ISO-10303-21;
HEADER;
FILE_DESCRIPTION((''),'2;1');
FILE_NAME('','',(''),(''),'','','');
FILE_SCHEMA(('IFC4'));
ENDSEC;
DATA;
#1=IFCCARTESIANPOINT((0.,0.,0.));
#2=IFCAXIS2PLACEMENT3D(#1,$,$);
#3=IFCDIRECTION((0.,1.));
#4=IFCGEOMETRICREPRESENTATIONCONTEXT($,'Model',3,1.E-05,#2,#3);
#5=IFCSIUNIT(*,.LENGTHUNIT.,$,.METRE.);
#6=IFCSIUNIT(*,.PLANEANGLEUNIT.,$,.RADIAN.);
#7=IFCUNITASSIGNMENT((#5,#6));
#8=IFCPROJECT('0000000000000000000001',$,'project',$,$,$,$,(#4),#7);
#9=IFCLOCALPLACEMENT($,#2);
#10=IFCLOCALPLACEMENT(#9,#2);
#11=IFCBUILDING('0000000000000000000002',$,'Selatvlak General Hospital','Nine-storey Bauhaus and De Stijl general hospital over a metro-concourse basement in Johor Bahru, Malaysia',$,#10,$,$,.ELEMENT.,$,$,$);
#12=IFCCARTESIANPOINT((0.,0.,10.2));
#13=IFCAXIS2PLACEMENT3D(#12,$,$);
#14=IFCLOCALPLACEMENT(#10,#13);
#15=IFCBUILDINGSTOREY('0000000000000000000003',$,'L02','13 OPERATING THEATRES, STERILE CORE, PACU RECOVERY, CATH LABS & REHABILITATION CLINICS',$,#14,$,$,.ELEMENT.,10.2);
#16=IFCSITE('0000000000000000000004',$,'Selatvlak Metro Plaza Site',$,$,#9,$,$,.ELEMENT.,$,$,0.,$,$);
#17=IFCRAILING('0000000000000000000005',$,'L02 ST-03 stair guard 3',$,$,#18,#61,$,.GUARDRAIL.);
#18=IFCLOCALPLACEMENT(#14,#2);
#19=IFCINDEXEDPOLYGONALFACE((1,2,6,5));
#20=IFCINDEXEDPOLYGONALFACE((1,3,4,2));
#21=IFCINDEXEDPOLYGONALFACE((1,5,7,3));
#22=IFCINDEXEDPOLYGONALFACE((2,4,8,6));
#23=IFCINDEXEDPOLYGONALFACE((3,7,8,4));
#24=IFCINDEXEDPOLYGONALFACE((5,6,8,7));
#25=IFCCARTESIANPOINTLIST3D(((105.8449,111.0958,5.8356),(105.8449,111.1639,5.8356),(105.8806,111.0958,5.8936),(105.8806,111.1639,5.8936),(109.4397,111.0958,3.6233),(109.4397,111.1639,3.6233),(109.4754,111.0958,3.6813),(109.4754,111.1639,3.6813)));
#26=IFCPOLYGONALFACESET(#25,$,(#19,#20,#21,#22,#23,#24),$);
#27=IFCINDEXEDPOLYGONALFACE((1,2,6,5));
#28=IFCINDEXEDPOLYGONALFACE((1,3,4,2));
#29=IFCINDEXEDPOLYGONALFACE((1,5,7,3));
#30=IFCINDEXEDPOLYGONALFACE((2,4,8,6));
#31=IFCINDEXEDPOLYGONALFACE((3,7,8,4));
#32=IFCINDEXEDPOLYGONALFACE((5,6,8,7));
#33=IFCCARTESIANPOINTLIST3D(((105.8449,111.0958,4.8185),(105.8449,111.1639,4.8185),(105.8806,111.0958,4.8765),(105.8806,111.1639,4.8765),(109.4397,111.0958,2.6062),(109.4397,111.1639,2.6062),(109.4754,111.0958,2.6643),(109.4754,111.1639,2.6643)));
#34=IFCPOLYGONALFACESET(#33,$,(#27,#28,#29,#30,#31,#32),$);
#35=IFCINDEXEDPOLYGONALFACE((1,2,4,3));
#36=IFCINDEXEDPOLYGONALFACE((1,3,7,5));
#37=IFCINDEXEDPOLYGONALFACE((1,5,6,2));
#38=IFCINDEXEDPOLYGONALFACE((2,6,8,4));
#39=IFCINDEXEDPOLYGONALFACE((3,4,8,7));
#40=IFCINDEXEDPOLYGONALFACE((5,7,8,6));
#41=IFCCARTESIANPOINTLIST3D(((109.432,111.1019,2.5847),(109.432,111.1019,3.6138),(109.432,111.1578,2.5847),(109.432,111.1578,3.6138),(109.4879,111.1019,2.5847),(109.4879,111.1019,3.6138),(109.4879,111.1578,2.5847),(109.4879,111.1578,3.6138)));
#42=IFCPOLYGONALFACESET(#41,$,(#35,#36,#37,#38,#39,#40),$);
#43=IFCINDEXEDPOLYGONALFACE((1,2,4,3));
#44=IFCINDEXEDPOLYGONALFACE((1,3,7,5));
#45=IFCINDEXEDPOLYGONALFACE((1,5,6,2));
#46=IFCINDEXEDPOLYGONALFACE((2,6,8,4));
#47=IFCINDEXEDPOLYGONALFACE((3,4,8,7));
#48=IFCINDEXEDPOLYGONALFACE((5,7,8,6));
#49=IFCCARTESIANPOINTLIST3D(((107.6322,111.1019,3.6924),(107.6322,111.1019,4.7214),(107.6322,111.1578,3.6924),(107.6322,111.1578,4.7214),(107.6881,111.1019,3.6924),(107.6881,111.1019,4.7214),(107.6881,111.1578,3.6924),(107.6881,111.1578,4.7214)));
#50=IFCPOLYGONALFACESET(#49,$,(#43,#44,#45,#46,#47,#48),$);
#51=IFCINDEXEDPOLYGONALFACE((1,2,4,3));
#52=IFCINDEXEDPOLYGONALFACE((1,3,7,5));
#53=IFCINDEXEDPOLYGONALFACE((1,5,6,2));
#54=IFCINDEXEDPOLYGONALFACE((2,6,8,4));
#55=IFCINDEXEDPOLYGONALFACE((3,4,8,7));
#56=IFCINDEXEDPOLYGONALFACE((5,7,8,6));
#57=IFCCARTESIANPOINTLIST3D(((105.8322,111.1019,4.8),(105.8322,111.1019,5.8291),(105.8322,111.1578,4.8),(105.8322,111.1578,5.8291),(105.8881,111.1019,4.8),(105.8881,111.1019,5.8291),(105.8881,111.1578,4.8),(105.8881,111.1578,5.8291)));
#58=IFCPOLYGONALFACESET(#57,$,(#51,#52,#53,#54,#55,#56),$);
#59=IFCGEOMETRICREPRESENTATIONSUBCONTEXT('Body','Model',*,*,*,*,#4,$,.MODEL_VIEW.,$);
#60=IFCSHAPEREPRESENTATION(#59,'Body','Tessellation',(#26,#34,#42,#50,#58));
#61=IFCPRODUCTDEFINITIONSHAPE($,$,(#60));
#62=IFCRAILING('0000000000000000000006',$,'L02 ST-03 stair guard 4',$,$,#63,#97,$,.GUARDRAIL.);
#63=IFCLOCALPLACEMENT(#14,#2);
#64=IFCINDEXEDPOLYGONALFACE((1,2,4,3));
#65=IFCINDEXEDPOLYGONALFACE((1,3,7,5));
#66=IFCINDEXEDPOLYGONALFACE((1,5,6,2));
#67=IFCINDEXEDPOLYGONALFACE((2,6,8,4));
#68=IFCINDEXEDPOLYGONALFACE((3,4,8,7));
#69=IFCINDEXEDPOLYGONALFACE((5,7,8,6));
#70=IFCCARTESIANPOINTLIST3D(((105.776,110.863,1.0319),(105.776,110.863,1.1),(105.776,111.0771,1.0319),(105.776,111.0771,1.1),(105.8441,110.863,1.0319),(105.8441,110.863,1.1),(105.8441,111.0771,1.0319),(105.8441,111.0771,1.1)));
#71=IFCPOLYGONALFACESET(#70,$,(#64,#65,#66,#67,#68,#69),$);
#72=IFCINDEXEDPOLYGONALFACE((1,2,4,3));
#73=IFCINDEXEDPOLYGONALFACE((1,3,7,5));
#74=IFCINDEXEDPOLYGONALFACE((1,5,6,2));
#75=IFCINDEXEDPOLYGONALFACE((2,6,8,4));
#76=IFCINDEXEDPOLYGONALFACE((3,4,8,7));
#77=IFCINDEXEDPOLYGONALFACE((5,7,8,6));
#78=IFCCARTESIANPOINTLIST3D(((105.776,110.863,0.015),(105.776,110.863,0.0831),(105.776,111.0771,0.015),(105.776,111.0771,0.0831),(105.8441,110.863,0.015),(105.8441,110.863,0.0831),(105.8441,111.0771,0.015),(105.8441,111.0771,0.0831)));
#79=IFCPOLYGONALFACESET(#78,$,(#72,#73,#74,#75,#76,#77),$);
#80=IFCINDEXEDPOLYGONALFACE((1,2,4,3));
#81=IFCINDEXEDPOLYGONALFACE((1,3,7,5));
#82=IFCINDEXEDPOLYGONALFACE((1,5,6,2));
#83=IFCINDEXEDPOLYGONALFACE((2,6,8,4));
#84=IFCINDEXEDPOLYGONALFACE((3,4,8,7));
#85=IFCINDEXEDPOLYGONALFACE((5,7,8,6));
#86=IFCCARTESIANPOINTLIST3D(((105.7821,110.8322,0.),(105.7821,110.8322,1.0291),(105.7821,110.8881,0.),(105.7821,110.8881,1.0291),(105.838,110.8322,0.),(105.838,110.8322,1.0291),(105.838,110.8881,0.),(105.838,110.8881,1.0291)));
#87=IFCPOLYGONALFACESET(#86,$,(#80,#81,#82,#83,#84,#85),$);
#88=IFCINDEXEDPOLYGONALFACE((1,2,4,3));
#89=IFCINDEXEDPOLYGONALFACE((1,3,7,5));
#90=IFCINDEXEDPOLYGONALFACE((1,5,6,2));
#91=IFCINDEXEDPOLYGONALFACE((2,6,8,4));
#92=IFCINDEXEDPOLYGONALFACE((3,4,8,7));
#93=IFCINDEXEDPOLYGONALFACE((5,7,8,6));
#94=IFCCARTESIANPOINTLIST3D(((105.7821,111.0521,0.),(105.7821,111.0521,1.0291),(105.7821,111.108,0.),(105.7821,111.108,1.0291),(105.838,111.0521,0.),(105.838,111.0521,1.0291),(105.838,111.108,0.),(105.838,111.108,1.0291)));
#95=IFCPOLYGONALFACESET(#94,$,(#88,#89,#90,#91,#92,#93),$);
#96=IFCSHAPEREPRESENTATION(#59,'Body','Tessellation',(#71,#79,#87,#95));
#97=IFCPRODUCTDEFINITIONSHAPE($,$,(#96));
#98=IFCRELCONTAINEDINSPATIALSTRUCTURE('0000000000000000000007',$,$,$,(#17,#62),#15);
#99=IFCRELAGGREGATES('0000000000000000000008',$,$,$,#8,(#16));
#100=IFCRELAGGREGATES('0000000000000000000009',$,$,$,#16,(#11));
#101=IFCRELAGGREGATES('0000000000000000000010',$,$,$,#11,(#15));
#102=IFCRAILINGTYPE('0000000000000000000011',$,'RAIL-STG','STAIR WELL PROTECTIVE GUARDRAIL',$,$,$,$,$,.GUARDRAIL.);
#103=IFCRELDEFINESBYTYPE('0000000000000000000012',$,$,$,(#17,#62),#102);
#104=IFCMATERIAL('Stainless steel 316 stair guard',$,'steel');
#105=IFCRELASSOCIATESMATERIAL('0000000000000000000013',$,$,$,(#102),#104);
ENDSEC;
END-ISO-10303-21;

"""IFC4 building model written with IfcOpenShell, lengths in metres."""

from ifc_helpers import new_model, si_unit, direction, frame, origin, origin_2d, place, context, subcontext, project, spatial, rectangle, extrude, material, type_object, element, save


model = new_model("IFC4")

# Units and contexts
model_context = context("Model", 3, precision=1e-05, world=origin(), true_north=direction((0.0, 1.0)))
body_context = subcontext(model_context, "Body", "Model", "MODEL_VIEW")
ifc_project = project(units=[si_unit("LENGTHUNIT", "METRE"), si_unit("PLANEANGLEUNIT", "RADIAN")], contexts=[model_context])

# Site, building, storey
site_placement = place(None, origin())
site = spatial("IfcSite", under=ifc_project, at=site_placement, Name="Selatvlak Metro Plaza Site", CompositionType="ELEMENT", RefElevation=0.0)
building_placement = place(site_placement, origin())
building = spatial("IfcBuilding", under=site, at=building_placement, Name="Selatvlak General Hospital", Description="Nine-storey Bauhaus and De Stijl general hospital over a metro-concourse basement in Johor Bahru, Malaysia", CompositionType="ELEMENT")
storey_placement = place(building_placement, frame((0.0, 0.0, 10.2)))
storey = spatial("IfcBuildingStorey", under=building, at=storey_placement, Name="L02", Description="13 OPERATING THEATRES, STERILE CORE, PACU RECOVERY, CATH LABS & REHABILITATION CLINICS", CompositionType="ELEMENT", Elevation=10.2)

# Railings
ifc_material_1 = material(Name="Stainless steel 316 stair guard", Category="steel")
railing_type_1 = type_object("IfcRailingType", Name="RAIL-STG", Description="STAIR WELL PROTECTIVE GUARDRAIL", PredefinedType="GUARDRAIL", material=ifc_material_1)
railing_1_placement = place(storey_placement, frame((109.46, 111.1299, 2.5847)))
element("IfcRailing", 1, at=railing_1_placement, inside=storey, type_object=railing_type_1, Name="L02 ST-03 stair guard 3", PredefinedType="GUARDRAIL", context=body_context, shape_type="SweptSolid", body=[
    extrude(rectangle(XDim=0.0681, YDim=0.0681, at=origin_2d()), frame((-0.0024, 0.0, 1.0676), z_axis=(-0.851654, 0.0, 0.524104), x_axis=(0.0, -1.0, 0.0)), (0.0, 0.0, 1.0), 4.2209),
    extrude(rectangle(XDim=0.0681, YDim=0.0681, at=origin_2d()), frame((-0.0024, 0.0, 0.0505), z_axis=(-0.851654, 0.0, 0.524104), x_axis=(0.0, -1.0, 0.0)), (0.0, 0.0, 1.0), 4.2209),
    extrude(rectangle(XDim=0.0559, YDim=0.0559, at=origin_2d()), origin(), (0.0, 0.0, 1.0), 1.0291),
    extrude(rectangle(XDim=0.0559, YDim=0.0559, at=origin_2d()), frame((-1.7998, 0.0, 1.1077)), (0.0, 0.0, 1.0), 1.0291),
    extrude(rectangle(XDim=0.0559, YDim=0.0559, at=origin_2d()), frame((-3.5999, 0.0, 2.2153)), (0.0, 0.0, 1.0), 1.0291),
])
railing_2_placement = place(storey_placement, frame((105.8101, 110.8601, 0.0)))
element("IfcRailing", 2, at=railing_2_placement, inside=storey, type_object=railing_type_1, Name="L02 ST-03 stair guard 4", PredefinedType="GUARDRAIL", context=body_context, shape_type="SweptSolid", body=[
    extrude(rectangle(XDim=0.0681, YDim=0.0681, at=origin_2d()), frame((0.0, 0.0029, 1.0659), z_axis=(0.0, 1.0, 0.0), x_axis=(-1.0, 0.0, 0.0)), (0.0, 0.0, 1.0), 0.2141),
    extrude(rectangle(XDim=0.0681, YDim=0.0681, at=origin_2d()), frame((0.0, 0.0029, 0.0491), z_axis=(0.0, 1.0, 0.0), x_axis=(-1.0, 0.0, 0.0)), (0.0, 0.0, 1.0), 0.2141),
    extrude(rectangle(XDim=0.0559, YDim=0.0559, at=origin_2d()), origin(), (0.0, 0.0, 1.0), 1.0291),
    extrude(rectangle(XDim=0.0559, YDim=0.0559, at=origin_2d()), frame((0.0, 0.22, 0.0)), (0.0, 0.0, 1.0), 1.0291),
])

save(model, "model.ifc")
